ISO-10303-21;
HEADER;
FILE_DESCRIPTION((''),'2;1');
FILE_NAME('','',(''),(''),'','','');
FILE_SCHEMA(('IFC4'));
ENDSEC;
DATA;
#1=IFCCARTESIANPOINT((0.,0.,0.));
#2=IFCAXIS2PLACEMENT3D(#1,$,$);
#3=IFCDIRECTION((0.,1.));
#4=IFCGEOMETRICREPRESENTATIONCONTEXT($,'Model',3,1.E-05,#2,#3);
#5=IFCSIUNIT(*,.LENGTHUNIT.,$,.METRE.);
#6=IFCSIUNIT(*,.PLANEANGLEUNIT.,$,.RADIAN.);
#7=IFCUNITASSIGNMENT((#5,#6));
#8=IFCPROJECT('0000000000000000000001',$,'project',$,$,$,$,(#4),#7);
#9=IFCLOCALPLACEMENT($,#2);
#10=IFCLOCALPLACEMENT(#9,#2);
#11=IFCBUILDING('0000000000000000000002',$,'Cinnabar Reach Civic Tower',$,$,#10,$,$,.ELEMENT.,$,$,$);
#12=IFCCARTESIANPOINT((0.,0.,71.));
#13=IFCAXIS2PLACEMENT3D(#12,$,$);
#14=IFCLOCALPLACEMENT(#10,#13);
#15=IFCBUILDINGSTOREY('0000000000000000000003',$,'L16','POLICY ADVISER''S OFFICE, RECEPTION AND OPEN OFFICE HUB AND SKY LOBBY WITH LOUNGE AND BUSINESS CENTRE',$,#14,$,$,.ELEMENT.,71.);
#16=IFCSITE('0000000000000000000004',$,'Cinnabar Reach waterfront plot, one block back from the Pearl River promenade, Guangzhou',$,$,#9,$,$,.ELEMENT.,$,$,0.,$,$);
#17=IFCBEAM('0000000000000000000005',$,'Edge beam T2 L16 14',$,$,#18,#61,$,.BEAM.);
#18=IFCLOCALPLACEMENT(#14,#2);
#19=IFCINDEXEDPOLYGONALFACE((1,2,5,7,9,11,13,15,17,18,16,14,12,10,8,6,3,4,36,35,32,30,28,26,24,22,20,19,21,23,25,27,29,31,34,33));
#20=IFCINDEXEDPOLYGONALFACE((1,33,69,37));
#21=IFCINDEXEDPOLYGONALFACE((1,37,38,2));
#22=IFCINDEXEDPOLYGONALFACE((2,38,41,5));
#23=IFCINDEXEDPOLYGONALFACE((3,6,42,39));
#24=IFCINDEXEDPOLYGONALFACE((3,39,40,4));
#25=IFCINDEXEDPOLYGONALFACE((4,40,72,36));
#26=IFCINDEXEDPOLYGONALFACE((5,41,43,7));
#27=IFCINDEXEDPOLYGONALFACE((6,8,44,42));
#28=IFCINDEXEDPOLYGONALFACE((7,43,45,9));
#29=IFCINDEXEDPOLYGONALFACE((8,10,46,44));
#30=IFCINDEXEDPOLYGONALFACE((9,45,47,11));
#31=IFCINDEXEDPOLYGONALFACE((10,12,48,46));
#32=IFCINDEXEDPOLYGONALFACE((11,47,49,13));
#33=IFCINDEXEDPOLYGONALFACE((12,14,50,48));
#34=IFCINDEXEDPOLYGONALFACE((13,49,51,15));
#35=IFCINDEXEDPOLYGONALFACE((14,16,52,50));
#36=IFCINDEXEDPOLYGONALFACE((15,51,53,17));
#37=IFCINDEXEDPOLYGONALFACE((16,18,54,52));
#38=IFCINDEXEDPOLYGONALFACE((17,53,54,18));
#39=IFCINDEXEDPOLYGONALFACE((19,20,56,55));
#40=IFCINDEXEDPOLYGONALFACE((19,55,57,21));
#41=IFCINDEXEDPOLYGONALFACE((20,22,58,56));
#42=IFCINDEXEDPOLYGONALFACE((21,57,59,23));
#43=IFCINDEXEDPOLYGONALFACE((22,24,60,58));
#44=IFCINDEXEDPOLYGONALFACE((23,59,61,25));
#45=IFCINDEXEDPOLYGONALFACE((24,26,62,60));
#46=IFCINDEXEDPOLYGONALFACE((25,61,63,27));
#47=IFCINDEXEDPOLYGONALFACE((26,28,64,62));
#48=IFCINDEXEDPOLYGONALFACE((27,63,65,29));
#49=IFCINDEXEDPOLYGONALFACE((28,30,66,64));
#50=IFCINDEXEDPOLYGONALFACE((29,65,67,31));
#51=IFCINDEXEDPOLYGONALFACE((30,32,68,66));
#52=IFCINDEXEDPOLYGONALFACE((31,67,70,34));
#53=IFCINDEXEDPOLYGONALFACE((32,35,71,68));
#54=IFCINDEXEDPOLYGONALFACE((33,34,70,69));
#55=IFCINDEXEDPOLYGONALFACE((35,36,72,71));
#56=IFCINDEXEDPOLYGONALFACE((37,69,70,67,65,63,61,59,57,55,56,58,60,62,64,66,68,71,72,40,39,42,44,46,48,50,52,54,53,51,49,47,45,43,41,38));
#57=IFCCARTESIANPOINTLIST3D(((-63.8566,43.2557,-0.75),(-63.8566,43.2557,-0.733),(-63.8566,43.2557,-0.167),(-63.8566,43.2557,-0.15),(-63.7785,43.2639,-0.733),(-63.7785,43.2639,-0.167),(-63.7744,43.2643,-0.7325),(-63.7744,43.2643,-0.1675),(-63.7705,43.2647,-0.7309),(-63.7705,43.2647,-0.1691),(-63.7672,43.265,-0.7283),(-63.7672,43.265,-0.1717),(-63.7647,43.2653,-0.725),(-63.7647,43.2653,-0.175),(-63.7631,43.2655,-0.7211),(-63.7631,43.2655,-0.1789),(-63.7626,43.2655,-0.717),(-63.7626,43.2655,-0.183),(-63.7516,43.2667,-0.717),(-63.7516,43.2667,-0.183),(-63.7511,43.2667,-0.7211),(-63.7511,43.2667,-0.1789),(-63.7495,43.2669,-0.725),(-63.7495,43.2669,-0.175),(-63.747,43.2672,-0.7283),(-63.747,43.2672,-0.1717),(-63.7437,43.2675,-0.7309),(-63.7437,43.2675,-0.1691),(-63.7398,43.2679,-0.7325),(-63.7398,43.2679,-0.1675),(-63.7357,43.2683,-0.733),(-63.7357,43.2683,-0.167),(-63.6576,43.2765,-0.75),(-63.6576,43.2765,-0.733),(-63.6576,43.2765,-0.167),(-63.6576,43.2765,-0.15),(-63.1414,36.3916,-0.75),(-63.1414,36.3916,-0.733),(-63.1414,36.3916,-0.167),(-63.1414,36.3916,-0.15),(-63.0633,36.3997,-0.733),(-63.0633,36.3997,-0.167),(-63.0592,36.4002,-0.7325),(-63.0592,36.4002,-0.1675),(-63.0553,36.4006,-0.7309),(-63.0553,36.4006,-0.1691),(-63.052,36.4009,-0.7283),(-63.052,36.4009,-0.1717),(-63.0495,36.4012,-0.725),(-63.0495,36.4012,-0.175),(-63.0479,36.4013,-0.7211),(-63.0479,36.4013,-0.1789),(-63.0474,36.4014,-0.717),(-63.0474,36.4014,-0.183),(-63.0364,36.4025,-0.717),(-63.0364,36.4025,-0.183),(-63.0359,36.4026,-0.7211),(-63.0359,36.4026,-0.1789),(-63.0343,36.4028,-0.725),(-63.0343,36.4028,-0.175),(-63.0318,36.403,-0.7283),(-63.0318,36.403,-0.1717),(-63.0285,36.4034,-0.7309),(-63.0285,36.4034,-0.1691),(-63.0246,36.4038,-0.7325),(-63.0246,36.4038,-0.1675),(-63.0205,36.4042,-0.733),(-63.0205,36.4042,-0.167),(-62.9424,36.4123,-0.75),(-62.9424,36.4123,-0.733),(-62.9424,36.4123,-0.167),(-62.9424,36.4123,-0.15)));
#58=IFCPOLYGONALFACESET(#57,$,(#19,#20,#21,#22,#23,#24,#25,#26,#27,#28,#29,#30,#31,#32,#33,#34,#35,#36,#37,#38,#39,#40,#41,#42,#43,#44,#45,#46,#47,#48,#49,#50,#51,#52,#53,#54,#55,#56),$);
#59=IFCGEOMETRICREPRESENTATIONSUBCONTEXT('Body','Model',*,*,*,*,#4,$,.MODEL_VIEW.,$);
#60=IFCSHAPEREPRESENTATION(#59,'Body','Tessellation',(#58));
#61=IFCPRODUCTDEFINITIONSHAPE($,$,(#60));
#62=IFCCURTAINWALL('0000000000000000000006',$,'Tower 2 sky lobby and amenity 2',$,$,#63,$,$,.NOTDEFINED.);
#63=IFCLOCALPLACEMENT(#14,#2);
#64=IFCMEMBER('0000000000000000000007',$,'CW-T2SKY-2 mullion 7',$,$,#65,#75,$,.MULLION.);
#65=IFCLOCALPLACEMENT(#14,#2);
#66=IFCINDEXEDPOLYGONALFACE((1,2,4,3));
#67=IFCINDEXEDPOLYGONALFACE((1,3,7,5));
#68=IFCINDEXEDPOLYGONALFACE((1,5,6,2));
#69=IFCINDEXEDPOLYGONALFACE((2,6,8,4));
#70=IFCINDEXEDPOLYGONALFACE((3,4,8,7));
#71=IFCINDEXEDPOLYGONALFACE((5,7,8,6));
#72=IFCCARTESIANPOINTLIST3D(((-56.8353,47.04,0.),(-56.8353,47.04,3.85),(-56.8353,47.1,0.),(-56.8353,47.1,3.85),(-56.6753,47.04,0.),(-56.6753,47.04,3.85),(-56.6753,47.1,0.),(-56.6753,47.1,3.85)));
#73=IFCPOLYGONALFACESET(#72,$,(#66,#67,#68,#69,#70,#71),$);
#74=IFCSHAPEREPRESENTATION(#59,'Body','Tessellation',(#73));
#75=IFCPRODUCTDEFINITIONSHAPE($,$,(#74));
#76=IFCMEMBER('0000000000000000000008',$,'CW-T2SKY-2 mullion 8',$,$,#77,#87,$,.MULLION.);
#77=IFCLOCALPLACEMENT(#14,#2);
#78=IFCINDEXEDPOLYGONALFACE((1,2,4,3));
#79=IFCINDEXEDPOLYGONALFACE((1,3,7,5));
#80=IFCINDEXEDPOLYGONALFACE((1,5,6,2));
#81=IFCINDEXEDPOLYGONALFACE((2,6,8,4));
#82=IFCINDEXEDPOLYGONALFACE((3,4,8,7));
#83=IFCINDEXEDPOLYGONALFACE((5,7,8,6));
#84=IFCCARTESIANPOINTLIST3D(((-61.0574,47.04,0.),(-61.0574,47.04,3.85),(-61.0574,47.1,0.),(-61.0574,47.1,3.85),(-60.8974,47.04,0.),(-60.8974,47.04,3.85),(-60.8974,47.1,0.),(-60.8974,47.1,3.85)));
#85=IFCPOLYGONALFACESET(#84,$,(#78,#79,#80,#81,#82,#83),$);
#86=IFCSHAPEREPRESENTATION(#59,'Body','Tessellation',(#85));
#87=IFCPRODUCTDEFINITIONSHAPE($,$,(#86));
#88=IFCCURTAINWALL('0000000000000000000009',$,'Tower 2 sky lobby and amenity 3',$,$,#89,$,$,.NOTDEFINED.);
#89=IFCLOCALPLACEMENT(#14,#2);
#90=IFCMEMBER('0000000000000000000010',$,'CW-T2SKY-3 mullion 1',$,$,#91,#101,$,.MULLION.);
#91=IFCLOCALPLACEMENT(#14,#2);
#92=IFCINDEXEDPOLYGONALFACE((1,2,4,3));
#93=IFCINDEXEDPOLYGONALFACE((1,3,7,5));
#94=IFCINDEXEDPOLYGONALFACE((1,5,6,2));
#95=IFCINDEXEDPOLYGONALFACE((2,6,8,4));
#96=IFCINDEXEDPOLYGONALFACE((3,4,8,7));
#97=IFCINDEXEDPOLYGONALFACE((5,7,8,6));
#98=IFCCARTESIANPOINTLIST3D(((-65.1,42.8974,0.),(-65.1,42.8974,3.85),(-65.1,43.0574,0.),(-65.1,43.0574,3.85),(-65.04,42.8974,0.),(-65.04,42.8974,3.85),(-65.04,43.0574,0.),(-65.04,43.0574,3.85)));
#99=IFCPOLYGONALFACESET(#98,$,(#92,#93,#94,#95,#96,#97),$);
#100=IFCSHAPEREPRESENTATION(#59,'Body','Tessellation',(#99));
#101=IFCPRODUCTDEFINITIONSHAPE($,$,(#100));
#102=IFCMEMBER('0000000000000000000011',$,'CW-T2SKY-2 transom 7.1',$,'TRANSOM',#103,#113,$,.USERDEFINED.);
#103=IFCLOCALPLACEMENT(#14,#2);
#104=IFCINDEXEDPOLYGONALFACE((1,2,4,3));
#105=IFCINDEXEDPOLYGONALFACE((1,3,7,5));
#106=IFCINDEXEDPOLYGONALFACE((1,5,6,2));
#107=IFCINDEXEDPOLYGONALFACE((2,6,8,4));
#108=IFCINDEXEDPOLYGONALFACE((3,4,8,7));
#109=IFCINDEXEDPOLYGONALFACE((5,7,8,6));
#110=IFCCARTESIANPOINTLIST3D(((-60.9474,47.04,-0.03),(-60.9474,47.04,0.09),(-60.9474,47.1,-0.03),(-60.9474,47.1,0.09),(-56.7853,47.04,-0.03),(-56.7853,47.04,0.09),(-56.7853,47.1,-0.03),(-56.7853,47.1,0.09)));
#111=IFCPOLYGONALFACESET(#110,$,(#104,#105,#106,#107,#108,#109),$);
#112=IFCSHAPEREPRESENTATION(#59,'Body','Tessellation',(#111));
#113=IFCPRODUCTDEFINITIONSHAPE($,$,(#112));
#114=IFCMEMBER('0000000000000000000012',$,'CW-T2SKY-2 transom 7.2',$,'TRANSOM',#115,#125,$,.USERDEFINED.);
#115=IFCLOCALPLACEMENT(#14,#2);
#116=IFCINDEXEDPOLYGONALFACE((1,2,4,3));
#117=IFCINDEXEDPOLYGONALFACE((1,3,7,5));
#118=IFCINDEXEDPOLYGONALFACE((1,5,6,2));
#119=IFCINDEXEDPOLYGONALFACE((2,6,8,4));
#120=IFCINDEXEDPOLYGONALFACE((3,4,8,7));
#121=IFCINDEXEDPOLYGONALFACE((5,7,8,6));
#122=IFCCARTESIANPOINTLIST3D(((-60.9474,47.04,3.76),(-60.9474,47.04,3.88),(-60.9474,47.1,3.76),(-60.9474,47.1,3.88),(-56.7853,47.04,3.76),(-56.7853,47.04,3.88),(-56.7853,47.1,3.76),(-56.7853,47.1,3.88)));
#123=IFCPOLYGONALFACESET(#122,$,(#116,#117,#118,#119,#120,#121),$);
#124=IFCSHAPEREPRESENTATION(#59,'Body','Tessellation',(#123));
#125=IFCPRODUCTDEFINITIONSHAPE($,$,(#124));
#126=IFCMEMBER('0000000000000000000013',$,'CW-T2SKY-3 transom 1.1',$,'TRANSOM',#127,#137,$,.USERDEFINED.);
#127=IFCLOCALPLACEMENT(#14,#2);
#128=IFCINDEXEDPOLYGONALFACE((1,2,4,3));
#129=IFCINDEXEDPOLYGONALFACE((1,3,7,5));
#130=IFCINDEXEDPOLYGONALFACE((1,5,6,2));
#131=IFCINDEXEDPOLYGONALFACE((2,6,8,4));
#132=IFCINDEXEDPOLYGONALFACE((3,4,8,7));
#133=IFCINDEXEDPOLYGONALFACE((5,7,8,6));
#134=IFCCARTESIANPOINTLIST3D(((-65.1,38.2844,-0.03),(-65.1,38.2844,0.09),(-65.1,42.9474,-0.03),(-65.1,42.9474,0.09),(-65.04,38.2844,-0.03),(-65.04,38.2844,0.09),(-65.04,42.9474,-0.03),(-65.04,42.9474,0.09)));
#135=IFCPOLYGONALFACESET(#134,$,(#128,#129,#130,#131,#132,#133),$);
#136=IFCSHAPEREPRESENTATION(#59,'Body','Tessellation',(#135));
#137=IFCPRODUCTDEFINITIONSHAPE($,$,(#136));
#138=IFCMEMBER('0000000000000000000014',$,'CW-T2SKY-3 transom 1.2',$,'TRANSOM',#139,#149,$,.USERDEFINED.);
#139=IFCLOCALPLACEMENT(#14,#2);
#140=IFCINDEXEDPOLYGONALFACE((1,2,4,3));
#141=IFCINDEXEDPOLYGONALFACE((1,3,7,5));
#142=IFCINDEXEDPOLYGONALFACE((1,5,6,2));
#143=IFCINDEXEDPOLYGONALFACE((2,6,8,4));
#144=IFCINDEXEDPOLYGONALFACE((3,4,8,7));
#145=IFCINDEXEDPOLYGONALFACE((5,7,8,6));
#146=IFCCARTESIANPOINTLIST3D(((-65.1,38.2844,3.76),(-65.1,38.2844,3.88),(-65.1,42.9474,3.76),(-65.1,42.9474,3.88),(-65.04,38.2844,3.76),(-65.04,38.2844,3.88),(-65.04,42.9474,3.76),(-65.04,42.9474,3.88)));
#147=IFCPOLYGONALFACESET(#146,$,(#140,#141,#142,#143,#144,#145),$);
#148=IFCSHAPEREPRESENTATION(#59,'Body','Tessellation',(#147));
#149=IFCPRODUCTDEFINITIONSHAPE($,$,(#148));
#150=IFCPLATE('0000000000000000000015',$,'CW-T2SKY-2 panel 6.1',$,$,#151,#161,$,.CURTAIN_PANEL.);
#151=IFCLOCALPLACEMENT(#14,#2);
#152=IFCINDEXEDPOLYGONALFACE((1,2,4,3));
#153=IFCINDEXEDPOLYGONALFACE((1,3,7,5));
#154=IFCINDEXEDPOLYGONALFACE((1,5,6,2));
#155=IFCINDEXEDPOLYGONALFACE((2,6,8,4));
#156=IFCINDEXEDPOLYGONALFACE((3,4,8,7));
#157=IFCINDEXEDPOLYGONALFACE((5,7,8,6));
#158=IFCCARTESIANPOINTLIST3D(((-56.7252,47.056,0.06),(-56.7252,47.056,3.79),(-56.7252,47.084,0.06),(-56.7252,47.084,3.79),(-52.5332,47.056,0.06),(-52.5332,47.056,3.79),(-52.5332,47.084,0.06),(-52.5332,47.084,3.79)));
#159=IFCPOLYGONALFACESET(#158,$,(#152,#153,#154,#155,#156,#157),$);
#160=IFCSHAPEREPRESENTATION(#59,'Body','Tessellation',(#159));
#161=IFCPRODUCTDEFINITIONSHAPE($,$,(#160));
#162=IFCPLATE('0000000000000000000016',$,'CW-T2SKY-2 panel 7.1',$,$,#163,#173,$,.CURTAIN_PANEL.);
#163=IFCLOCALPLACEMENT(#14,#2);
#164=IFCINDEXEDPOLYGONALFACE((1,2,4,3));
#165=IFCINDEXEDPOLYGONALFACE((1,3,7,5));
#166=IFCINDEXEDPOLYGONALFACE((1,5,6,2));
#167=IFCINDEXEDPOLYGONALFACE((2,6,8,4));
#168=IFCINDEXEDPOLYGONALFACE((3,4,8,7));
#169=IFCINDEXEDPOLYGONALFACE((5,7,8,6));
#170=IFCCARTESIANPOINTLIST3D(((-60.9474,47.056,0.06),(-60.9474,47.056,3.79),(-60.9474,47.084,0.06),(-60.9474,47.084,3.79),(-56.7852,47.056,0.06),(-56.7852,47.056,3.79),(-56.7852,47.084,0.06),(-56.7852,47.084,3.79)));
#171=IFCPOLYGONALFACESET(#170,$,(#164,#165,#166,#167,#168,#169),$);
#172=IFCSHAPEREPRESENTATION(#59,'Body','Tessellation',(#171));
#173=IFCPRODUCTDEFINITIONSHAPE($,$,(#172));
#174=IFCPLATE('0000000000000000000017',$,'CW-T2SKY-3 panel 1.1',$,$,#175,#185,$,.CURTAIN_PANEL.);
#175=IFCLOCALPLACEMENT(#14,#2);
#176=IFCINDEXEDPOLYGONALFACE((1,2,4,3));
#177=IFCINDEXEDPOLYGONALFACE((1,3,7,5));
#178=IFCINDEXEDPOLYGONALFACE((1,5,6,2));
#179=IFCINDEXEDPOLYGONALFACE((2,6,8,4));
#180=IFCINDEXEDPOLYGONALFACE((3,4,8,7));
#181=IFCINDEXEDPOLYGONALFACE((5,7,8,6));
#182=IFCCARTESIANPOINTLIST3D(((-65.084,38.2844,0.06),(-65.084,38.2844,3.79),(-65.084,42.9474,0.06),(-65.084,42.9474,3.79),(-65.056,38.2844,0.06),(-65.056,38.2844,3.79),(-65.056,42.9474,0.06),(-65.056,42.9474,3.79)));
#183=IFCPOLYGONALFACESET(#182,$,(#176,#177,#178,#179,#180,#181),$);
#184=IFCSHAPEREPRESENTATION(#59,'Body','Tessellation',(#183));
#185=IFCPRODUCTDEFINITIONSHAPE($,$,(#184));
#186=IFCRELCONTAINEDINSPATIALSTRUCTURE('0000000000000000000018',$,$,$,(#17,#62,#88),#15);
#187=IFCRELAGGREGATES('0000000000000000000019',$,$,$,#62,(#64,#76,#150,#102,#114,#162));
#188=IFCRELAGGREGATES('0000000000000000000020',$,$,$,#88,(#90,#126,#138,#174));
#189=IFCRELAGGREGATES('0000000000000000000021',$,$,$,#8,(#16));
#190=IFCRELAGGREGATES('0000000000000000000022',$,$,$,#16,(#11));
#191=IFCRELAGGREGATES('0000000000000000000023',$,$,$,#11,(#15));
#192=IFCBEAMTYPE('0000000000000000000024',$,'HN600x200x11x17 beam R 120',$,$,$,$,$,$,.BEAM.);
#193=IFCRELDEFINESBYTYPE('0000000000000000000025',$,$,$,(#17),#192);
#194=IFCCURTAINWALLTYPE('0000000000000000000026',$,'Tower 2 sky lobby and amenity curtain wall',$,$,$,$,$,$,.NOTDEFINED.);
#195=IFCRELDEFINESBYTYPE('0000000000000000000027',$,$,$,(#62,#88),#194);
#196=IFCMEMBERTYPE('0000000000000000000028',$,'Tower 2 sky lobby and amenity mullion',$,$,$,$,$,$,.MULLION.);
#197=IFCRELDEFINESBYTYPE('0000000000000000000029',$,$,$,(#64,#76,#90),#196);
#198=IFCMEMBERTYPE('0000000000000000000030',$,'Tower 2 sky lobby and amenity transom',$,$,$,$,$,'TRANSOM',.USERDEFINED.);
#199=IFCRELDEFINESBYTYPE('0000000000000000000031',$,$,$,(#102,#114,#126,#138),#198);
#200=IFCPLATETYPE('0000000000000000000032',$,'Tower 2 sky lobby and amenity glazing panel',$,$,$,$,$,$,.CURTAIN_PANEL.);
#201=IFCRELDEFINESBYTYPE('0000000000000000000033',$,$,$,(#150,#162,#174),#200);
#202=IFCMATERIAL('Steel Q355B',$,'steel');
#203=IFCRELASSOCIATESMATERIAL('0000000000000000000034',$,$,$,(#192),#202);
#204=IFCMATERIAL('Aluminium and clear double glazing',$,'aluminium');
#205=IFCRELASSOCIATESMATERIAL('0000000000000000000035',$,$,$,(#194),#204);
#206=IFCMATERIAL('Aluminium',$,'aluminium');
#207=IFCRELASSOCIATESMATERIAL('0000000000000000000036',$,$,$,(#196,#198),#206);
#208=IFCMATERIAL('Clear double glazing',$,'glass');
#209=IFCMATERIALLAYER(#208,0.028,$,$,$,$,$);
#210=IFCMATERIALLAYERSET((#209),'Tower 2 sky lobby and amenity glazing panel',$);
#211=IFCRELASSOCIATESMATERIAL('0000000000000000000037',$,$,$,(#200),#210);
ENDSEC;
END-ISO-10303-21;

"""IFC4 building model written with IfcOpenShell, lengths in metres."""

from ifc_helpers import new_model, si_unit, direction, frame, origin, origin_2d, place, context, subcontext, project, spatial, rectangle, i_section, extrude, material, layer, layer_set, material_profile, profile_set, type_object, element, aggregate, save


model = new_model("IFC4")

# Units and contexts
model_context = context("Model", 3, precision=1e-05, world=origin(), true_north=direction((0.0, 1.0)))
body_context = subcontext(model_context, "Body", "Model", "MODEL_VIEW")
ifc_project = project(units=[si_unit("LENGTHUNIT", "METRE"), si_unit("PLANEANGLEUNIT", "RADIAN")], contexts=[model_context])

# Site, building, storey
site_placement = place(None, origin())
site = spatial("IfcSite", under=ifc_project, at=site_placement, Name="Cinnabar Reach waterfront plot, one block back from the Pearl River promenade, Guangzhou", CompositionType="ELEMENT", RefElevation=0.0)
building_placement = place(site_placement, origin())
building = spatial("IfcBuilding", under=site, at=building_placement, Name="Cinnabar Reach Civic Tower", CompositionType="ELEMENT")
storey_placement = place(building_placement, frame((0.0, 0.0, 71.0)))
storey = spatial("IfcBuildingStorey", under=building, at=storey_placement, Name="L16", Description="POLICY ADVISER'S OFFICE, RECEPTION AND OPEN OFFICE HUB AND SKY LOBBY WITH LOUNGE AND BUSINESS CENTRE", CompositionType="ELEMENT", Elevation=71.0)

# Beam
ifc_material_1 = material(Name="Steel Q355B", Category="steel")
ifc_material_profile_1 = material_profile(ifc_material_1, i_section(OverallWidth=0.2, OverallDepth=0.6, WebThickness=0.011, FlangeThickness=0.017, FilletRadius=0.016, at=origin_2d()), Name="HN600x200x11x17")
ifc_profile_set_1 = profile_set([ifc_material_profile_1], Name="Steel Q355B")
beam_type_1 = type_object("IfcBeamType", Name="HN600x200x11x17 beam R 120", PredefinedType="BEAM", material=ifc_profile_set_1)
beam_1_placement = place(storey_placement, frame((-63.7571, 43.2661, -0.45), z_axis=(0.103633, -0.994616, 0.0), x_axis=(0.994616, 0.103633, 0.0)))
element("IfcBeam", 1, at=beam_1_placement, inside=storey, type_object=beam_type_1, Name="Edge beam T2 L16 14", PredefinedType="BEAM", context=body_context, shape_type="SweptSolid", body=[
    extrude(i_section(OverallWidth=0.2, OverallDepth=0.6, WebThickness=0.011, FlangeThickness=0.017, FilletRadius=0.016, at=origin_2d()), origin(), (0.0, 0.0, 1.0), 6.9013),
])

# Curtain wall, members
ifc_material_2 = material(Name="Aluminium and clear double glazing", Category="aluminium")
curtain_wall_type = type_object("IfcCurtainWallType", Name="Tower 2 sky lobby and amenity curtain wall", PredefinedType="NOTDEFINED", material=ifc_material_2)
curtain_wall_1_placement = place(storey_placement, origin())
curtain_wall_1 = element("IfcCurtainWall", 2, at=curtain_wall_1_placement, inside=storey, type_object=curtain_wall_type, Name="Tower 2 sky lobby and amenity 2", PredefinedType="NOTDEFINED")
ifc_material_3 = material(Name="Aluminium", Category="aluminium")
ifc_material_profile_2 = material_profile(ifc_material_3, rectangle(XDim=0.06, YDim=0.16, at=origin_2d()), Name="Tower 2 sky lobby and amenity mullion")
ifc_profile_set_2 = profile_set([ifc_material_profile_2], Name="Aluminium")
member_type_1 = type_object("IfcMemberType", Name="Tower 2 sky lobby and amenity mullion", PredefinedType="MULLION", material=ifc_profile_set_2)
member_1_placement = place(storey_placement, frame((-56.7553, 47.07, 0.0), z_axis=(0.0, 0.0, 1.0), x_axis=(0.0, -1.0, 0.0)))
member_1 = element("IfcMember", 3, at=member_1_placement, type_object=member_type_1, Name="CW-T2SKY-2 mullion 7", PredefinedType="MULLION", context=body_context, shape_type="SweptSolid", body=[
    extrude(rectangle(XDim=0.06, YDim=0.16, at=origin_2d()), origin(), (0.0, 0.0, 1.0), 3.85),
])
member_2_placement = place(storey_placement, frame((-60.9774, 47.07, 0.0), z_axis=(0.0, 0.0, 1.0), x_axis=(0.0, -1.0, 0.0)))
member_2 = element("IfcMember", 4, at=member_2_placement, type_object=member_type_1, Name="CW-T2SKY-2 mullion 8", PredefinedType="MULLION", context=body_context, shape_type="SweptSolid", body=[
    extrude(rectangle(XDim=0.06, YDim=0.16, at=origin_2d()), origin(), (0.0, 0.0, 1.0), 3.85),
])

# Curtain wall, member
curtain_wall_2_placement = place(storey_placement, origin())
curtain_wall_2 = element("IfcCurtainWall", 5, at=curtain_wall_2_placement, inside=storey, type_object=curtain_wall_type, Name="Tower 2 sky lobby and amenity 3", PredefinedType="NOTDEFINED")
member_3_placement = place(storey_placement, frame((-65.07, 42.9774, 0.0), z_axis=(0.0, 0.0, 1.0), x_axis=(1.0, 0.0, 0.0)))
member_3 = element("IfcMember", 6, at=member_3_placement, type_object=member_type_1, Name="CW-T2SKY-3 mullion 1", PredefinedType="MULLION", context=body_context, shape_type="SweptSolid", body=[
    extrude(rectangle(XDim=0.06, YDim=0.16, at=origin_2d()), origin(), (0.0, 0.0, 1.0), 3.85),
])

# Members
ifc_material_profile_3 = material_profile(ifc_material_3, rectangle(XDim=0.06, YDim=0.12, at=origin_2d()), Name="Tower 2 sky lobby and amenity transom")
ifc_profile_set_3 = profile_set([ifc_material_profile_3], Name="Aluminium")
member_type_2 = type_object("IfcMemberType", Name="Tower 2 sky lobby and amenity transom", ElementType="TRANSOM", PredefinedType="USERDEFINED", material=ifc_profile_set_3)
member_4_placement = place(storey_placement, frame((-56.7853, 47.07, 0.03), z_axis=(-1.0, 0.0, 0.0), x_axis=(0.0, -1.0, 0.0)))
member_4 = element("IfcMember", 7, at=member_4_placement, type_object=member_type_2, Name="CW-T2SKY-2 transom 7.1", ObjectType="TRANSOM", PredefinedType="USERDEFINED", context=body_context, shape_type="SweptSolid", body=[
    extrude(rectangle(XDim=0.06, YDim=0.12, at=origin_2d()), origin(), (0.0, 0.0, 1.0), 4.1621),
])
member_5_placement = place(storey_placement, frame((-56.7853, 47.07, 3.82), z_axis=(-1.0, 0.0, 0.0), x_axis=(0.0, -1.0, 0.0)))
member_5 = element("IfcMember", 8, at=member_5_placement, type_object=member_type_2, Name="CW-T2SKY-2 transom 7.2", ObjectType="TRANSOM", PredefinedType="USERDEFINED", context=body_context, shape_type="SweptSolid", body=[
    extrude(rectangle(XDim=0.06, YDim=0.12, at=origin_2d()), origin(), (0.0, 0.0, 1.0), 4.1621),
])
member_6_placement = place(storey_placement, frame((-65.07, 42.9474, 0.03), z_axis=(0.0, -1.0, 0.0), x_axis=(1.0, 0.0, 0.0)))
member_6 = element("IfcMember", 9, at=member_6_placement, type_object=member_type_2, Name="CW-T2SKY-3 transom 1.1", ObjectType="TRANSOM", PredefinedType="USERDEFINED", context=body_context, shape_type="SweptSolid", body=[
    extrude(rectangle(XDim=0.06, YDim=0.12, at=origin_2d()), origin(), (0.0, 0.0, 1.0), 4.663),
])
member_7_placement = place(storey_placement, frame((-65.07, 42.9474, 3.82), z_axis=(0.0, -1.0, 0.0), x_axis=(1.0, 0.0, 0.0)))
member_7 = element("IfcMember", 10, at=member_7_placement, type_object=member_type_2, Name="CW-T2SKY-3 transom 1.2", ObjectType="TRANSOM", PredefinedType="USERDEFINED", context=body_context, shape_type="SweptSolid", body=[
    extrude(rectangle(XDim=0.06, YDim=0.12, at=origin_2d()), origin(), (0.0, 0.0, 1.0), 4.663),
])

# Plates
ifc_material_4 = material(Name="Clear double glazing", Category="glass")
ifc_layer_1 = layer(ifc_material_4, 0.028)
ifc_layer_set_1 = layer_set([ifc_layer_1], Name="Tower 2 sky lobby and amenity glazing panel")
plate_type = type_object("IfcPlateType", Name="Tower 2 sky lobby and amenity glazing panel", PredefinedType="CURTAIN_PANEL", material=ifc_layer_set_1)
plate_1_placement = place(storey_placement, frame((-54.6292, 47.07, 0.06), z_axis=(0.0, 0.0, 1.0), x_axis=(-1.0, 0.0, 0.0)))
plate_1 = element("IfcPlate", 11, at=plate_1_placement, type_object=plate_type, Name="CW-T2SKY-2 panel 6.1", PredefinedType="CURTAIN_PANEL", context=body_context, shape_type="SweptSolid", body=[
    extrude(rectangle(XDim=4.1921, YDim=0.028, at=origin_2d()), origin(), (0.0, 0.0, 1.0), 3.73),
])
plate_2_placement = place(storey_placement, frame((-58.8663, 47.07, 0.06), z_axis=(0.0, 0.0, 1.0), x_axis=(-1.0, 0.0, 0.0)))
plate_2 = element("IfcPlate", 12, at=plate_2_placement, type_object=plate_type, Name="CW-T2SKY-2 panel 7.1", PredefinedType="CURTAIN_PANEL", context=body_context, shape_type="SweptSolid", body=[
    extrude(rectangle(XDim=4.1621, YDim=0.028, at=origin_2d()), origin(), (0.0, 0.0, 1.0), 3.73),
])
aggregate(curtain_wall_1, [member_1, member_2, plate_1, member_4, member_5, plate_2])
plate_3_placement = place(storey_placement, frame((-65.07, 40.6159, 0.06), z_axis=(0.0, 0.0, 1.0), x_axis=(0.0, -1.0, 0.0)))
plate_3 = element("IfcPlate", 13, at=plate_3_placement, type_object=plate_type, Name="CW-T2SKY-3 panel 1.1", PredefinedType="CURTAIN_PANEL", context=body_context, shape_type="SweptSolid", body=[
    extrude(rectangle(XDim=4.663, YDim=0.028, at=origin_2d()), origin(), (0.0, 0.0, 1.0), 3.73),
])
aggregate(curtain_wall_2, [member_3, member_6, member_7, plate_3])

save(model, "model.ifc")
